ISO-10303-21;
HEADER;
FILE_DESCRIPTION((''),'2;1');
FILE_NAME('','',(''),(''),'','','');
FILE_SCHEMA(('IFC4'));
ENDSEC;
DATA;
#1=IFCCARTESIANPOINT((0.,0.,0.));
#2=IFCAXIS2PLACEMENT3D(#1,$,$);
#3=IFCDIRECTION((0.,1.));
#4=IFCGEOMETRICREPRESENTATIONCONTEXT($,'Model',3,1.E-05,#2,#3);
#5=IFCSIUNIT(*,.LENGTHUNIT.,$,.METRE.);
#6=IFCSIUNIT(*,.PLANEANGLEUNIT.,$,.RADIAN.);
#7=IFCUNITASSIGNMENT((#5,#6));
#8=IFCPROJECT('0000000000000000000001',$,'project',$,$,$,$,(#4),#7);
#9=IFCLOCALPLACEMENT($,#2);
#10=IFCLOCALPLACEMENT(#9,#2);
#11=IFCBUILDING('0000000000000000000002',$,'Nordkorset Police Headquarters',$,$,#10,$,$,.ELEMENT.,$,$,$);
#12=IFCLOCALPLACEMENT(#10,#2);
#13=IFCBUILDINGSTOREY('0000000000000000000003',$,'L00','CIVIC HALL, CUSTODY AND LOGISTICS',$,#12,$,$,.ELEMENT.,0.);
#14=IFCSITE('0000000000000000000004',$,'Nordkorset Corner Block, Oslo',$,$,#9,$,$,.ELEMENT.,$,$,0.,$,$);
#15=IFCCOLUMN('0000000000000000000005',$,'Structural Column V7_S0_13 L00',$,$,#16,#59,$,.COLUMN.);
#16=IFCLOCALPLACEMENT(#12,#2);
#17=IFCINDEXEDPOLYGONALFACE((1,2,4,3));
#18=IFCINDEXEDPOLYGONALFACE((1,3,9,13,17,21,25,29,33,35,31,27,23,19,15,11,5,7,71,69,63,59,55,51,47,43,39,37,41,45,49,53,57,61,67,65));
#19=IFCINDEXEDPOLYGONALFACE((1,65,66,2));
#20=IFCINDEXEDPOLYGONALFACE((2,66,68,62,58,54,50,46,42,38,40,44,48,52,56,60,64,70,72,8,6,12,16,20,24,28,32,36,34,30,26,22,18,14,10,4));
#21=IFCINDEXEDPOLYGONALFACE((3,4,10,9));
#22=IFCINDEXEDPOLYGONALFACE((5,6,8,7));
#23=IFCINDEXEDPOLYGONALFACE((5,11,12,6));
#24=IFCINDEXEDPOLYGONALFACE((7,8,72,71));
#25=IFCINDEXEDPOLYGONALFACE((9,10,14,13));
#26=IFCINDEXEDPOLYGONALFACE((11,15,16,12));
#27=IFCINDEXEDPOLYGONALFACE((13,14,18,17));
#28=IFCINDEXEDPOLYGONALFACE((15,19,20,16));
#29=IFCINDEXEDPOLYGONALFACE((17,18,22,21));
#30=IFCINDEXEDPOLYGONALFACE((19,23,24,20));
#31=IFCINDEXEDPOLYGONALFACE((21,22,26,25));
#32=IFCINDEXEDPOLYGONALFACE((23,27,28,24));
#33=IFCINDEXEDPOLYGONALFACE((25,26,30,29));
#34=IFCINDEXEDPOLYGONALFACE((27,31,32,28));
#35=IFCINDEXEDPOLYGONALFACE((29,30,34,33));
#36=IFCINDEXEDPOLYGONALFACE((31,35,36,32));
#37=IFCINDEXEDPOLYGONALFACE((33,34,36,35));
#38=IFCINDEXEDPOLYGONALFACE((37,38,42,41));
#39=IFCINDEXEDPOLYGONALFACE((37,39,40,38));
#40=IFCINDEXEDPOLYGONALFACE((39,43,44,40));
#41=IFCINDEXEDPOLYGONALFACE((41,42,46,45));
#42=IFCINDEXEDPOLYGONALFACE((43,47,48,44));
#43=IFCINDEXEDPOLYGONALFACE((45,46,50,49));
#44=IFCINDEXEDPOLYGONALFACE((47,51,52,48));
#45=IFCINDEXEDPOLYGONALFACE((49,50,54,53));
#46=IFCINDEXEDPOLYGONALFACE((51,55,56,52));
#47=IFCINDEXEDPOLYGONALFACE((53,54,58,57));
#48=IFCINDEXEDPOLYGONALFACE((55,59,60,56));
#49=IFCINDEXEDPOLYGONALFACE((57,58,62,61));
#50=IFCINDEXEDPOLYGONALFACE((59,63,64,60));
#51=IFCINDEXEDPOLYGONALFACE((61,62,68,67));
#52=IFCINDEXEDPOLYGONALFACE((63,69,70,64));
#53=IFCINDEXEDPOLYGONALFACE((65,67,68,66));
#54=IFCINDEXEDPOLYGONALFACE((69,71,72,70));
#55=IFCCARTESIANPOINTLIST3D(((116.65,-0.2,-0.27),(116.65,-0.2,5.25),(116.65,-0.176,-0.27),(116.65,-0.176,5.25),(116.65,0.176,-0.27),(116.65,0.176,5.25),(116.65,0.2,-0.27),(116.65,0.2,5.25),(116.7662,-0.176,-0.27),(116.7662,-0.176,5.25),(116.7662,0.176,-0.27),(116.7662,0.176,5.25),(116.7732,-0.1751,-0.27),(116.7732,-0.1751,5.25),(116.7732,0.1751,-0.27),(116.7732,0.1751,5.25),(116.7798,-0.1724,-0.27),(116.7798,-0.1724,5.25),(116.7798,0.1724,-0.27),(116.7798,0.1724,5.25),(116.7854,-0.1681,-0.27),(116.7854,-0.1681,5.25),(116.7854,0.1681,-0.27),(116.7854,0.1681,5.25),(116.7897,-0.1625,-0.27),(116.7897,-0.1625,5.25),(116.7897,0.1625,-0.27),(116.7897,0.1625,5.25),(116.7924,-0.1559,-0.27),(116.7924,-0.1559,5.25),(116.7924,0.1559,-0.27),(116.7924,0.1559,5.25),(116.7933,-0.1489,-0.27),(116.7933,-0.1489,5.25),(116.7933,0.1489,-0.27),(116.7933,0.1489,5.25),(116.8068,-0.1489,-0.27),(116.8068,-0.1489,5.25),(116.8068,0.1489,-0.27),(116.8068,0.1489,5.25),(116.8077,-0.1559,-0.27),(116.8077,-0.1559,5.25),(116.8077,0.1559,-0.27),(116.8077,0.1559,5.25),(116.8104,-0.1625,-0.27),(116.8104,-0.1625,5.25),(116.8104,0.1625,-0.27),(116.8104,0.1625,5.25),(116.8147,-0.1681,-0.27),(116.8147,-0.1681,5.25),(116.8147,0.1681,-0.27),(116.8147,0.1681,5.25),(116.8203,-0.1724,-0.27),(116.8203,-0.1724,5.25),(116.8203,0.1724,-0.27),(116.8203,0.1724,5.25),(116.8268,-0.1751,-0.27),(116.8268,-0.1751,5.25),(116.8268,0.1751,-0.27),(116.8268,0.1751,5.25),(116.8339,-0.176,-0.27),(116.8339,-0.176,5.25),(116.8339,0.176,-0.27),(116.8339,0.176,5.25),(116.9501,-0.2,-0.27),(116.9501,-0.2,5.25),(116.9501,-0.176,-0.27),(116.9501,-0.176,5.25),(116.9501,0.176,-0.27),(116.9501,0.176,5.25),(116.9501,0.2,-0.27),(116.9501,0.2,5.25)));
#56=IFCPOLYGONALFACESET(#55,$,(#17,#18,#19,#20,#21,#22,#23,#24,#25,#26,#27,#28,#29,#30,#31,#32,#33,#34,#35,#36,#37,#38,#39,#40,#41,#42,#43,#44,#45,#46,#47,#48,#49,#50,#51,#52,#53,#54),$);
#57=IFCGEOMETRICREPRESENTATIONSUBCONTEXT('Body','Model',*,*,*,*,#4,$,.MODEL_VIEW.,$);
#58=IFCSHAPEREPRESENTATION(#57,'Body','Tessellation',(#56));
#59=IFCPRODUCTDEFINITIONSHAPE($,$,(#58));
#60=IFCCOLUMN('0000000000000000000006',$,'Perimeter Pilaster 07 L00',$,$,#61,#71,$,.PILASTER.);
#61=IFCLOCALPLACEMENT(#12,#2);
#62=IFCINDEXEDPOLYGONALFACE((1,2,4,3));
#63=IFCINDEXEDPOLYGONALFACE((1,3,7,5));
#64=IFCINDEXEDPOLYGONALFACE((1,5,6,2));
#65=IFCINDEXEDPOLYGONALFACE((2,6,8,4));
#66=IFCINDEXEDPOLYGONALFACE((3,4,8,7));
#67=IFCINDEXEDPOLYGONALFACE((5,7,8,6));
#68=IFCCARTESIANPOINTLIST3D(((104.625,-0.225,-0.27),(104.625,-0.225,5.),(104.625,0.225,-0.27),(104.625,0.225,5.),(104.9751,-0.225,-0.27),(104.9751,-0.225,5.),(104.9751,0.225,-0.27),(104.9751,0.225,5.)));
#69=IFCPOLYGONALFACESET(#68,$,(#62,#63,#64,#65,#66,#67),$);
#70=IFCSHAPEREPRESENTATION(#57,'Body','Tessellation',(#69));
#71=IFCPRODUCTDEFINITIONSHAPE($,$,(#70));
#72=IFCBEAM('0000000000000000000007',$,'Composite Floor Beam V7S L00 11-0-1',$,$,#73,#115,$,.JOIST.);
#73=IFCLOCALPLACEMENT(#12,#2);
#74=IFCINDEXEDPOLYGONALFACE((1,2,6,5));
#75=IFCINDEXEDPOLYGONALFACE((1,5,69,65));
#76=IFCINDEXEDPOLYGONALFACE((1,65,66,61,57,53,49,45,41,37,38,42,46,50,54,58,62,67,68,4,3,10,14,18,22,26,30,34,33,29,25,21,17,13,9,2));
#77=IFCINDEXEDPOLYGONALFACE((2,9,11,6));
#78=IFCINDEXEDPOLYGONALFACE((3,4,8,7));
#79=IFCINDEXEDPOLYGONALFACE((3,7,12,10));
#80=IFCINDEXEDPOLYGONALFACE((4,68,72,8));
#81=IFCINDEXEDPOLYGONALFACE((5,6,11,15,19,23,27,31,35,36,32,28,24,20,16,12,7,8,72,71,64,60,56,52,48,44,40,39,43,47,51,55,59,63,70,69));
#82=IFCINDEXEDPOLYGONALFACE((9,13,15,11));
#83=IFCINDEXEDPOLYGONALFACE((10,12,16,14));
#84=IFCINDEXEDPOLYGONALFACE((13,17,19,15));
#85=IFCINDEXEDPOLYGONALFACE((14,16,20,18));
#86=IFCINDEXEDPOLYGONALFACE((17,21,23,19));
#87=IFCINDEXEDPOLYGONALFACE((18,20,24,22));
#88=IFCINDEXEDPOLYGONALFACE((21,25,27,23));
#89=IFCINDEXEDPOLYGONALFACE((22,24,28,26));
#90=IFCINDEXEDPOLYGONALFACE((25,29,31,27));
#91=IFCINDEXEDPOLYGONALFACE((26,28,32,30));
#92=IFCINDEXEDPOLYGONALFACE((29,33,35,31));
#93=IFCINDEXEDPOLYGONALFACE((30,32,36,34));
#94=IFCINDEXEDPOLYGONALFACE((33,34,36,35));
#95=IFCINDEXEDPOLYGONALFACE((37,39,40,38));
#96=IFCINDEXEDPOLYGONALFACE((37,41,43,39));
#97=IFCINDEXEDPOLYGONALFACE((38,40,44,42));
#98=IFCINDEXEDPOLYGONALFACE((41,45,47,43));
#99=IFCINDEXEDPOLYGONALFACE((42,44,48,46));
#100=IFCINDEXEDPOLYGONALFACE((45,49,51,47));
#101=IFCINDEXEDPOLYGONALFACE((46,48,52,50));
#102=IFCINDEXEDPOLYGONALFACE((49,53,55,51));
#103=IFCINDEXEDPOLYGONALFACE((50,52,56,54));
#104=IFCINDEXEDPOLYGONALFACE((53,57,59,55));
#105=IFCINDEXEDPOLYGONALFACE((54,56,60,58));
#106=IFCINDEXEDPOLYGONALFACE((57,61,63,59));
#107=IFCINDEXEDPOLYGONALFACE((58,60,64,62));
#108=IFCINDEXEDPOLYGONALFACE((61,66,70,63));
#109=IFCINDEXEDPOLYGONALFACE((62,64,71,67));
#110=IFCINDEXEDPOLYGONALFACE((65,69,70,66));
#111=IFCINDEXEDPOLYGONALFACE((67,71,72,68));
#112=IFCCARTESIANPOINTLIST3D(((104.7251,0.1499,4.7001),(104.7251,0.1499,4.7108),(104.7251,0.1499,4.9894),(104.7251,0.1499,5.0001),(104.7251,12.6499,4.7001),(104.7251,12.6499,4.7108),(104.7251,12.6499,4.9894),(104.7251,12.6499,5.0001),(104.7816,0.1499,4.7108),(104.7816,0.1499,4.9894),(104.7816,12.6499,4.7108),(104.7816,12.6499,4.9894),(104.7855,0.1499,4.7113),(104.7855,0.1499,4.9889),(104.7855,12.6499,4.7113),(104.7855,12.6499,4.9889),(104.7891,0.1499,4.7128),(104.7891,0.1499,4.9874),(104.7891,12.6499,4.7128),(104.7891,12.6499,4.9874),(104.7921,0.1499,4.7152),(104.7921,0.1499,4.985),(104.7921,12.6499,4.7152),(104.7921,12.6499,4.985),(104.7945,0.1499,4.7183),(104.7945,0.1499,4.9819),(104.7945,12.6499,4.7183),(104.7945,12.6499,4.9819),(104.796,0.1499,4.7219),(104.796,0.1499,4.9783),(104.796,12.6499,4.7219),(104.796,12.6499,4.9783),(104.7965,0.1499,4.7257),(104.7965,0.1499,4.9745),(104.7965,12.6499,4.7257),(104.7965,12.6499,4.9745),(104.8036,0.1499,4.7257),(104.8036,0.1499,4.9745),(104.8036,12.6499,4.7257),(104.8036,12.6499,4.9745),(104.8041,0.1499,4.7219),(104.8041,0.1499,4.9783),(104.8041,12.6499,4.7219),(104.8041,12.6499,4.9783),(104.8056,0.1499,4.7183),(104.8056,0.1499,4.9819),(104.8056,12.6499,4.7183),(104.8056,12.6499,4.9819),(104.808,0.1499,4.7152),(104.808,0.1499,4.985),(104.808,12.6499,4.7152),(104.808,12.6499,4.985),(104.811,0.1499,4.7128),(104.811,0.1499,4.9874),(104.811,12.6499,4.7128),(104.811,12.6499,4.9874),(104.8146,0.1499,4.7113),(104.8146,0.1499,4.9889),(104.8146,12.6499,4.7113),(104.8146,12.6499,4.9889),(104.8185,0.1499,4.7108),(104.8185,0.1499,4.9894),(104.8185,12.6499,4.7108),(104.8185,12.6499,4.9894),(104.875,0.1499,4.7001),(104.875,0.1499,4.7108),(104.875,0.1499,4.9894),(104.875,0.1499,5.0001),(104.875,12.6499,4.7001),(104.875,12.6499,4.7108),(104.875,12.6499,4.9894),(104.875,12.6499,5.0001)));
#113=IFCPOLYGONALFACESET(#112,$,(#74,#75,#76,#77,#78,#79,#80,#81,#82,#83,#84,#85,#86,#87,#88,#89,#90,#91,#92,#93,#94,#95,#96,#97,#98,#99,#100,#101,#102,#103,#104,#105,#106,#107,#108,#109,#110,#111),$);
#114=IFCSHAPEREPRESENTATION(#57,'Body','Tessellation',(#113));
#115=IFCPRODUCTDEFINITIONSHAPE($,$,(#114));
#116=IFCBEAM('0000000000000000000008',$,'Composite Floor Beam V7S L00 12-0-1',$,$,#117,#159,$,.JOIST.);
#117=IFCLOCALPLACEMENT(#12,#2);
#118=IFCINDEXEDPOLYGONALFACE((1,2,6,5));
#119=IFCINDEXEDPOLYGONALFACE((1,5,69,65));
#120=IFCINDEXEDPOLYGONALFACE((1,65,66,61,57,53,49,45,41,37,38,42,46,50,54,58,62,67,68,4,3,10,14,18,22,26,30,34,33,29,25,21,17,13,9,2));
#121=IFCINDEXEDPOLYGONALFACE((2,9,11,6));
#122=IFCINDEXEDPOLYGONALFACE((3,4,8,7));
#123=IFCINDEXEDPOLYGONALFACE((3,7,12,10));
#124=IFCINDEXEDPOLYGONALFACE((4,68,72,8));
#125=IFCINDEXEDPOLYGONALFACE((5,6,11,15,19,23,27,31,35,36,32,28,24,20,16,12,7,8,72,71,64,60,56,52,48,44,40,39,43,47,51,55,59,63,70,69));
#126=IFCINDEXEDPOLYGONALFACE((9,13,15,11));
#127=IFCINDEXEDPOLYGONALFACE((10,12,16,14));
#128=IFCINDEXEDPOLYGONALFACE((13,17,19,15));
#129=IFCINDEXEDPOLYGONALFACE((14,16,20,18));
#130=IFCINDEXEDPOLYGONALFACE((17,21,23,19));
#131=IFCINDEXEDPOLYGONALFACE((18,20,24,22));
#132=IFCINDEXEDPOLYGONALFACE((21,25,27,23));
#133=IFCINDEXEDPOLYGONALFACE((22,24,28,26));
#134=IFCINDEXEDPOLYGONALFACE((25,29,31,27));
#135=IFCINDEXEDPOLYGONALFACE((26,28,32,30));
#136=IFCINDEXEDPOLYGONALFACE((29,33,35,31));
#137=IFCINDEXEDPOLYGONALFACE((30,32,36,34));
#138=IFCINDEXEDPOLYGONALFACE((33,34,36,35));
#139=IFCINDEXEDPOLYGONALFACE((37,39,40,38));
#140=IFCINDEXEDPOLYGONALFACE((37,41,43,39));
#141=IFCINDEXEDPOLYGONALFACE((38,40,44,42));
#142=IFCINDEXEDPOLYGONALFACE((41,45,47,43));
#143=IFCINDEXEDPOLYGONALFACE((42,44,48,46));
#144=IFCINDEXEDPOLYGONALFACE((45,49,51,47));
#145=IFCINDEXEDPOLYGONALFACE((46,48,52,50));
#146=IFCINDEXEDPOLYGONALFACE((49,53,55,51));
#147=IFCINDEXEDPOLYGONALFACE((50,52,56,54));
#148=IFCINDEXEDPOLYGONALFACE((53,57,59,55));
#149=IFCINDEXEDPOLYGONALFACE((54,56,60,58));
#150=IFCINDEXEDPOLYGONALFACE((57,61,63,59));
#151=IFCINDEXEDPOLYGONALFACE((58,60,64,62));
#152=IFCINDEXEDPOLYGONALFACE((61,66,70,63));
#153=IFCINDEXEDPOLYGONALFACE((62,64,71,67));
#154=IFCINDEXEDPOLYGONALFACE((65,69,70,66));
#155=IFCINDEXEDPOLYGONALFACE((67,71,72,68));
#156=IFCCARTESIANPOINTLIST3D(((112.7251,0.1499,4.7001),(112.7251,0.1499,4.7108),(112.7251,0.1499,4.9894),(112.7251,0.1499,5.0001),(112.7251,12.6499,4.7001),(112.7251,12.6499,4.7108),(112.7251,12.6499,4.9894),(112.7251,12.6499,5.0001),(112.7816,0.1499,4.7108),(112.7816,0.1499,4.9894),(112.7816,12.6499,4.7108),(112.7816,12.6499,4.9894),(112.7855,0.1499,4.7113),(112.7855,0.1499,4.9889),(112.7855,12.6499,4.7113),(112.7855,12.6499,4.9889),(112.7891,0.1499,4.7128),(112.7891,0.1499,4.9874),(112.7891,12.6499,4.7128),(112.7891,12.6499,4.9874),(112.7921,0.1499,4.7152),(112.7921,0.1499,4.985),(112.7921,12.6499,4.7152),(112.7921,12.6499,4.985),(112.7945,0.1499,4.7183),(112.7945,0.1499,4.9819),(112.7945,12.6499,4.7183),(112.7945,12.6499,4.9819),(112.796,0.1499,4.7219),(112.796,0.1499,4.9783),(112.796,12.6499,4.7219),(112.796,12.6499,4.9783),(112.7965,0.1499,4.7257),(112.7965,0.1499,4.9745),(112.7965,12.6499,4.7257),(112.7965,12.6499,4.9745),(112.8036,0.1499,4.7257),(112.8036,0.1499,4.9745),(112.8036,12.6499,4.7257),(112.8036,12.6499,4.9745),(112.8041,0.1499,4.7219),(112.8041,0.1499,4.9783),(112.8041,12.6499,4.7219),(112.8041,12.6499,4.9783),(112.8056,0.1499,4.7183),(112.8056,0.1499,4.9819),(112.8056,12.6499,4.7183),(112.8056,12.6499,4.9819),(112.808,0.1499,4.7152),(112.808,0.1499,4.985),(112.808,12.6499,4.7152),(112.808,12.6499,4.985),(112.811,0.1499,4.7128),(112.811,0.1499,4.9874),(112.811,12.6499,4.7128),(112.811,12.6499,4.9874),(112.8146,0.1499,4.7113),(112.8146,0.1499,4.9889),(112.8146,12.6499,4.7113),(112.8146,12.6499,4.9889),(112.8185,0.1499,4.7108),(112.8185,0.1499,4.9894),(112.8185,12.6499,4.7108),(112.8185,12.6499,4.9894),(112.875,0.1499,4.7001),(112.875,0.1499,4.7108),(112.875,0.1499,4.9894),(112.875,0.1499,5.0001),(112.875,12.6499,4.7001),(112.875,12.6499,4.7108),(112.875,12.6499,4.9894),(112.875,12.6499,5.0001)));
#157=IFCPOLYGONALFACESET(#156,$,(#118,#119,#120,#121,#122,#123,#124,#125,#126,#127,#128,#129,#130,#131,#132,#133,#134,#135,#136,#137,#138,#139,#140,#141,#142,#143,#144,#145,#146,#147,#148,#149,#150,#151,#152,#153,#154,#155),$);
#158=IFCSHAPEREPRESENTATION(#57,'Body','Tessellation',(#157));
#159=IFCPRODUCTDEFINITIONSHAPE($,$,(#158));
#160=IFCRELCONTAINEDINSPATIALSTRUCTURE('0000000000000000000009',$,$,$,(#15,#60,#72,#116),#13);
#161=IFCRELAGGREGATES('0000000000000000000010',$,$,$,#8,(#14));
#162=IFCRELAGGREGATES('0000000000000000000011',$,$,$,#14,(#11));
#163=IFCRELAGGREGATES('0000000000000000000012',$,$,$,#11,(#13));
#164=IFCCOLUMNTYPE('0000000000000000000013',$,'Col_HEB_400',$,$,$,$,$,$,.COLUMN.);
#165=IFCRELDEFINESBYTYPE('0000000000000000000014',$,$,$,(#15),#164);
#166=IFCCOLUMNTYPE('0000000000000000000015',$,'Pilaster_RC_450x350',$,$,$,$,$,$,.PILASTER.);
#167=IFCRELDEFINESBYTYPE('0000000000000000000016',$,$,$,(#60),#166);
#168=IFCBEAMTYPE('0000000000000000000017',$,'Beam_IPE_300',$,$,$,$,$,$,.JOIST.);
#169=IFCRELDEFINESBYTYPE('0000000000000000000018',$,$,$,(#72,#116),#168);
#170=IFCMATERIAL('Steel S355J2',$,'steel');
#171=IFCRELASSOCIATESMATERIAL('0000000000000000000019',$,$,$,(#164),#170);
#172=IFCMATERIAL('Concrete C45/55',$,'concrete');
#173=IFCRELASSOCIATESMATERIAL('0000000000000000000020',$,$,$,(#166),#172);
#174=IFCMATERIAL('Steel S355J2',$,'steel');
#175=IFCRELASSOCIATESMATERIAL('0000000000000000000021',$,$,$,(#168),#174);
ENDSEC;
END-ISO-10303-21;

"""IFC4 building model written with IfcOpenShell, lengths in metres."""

from ifc_helpers import new_model, si_unit, direction, frame, origin, origin_2d, place, context, subcontext, project, spatial, rectangle, i_section, extrude, material, material_profile, profile_set, type_object, element, save


model = new_model("IFC4")

# Units and contexts
model_context = context("Model", 3, precision=1e-05, world=origin(), true_north=direction((0.0, 1.0)))
body_context = subcontext(model_context, "Body", "Model", "MODEL_VIEW")
ifc_project = project(units=[si_unit("LENGTHUNIT", "METRE"), si_unit("PLANEANGLEUNIT", "RADIAN")], contexts=[model_context])

# Site, building, storey
site_placement = place(None, origin())
site = spatial("IfcSite", under=ifc_project, at=site_placement, Name="Nordkorset Corner Block, Oslo", CompositionType="ELEMENT", RefElevation=0.0)
building_placement = place(site_placement, origin())
building = spatial("IfcBuilding", under=site, at=building_placement, Name="Nordkorset Police Headquarters", CompositionType="ELEMENT")
storey_placement = place(building_placement, origin())
storey = spatial("IfcBuildingStorey", under=building, at=storey_placement, Name="L00", Description="CIVIC HALL, CUSTODY AND LOGISTICS", CompositionType="ELEMENT", Elevation=0.0)

# Columns
ifc_material_1 = material(Name="Steel S355J2", Category="steel")
ifc_material_profile_1 = material_profile(ifc_material_1, i_section(OverallWidth=0.3, OverallDepth=0.3999, WebThickness=0.0134, FlangeThickness=0.0239, FilletRadius=0.0271, at=origin_2d()), Name="HEB 400")
ifc_profile_set_1 = profile_set([ifc_material_profile_1], Name="Steel S355J2")
column_type_1 = type_object("IfcColumnType", Name="Col_HEB_400", PredefinedType="COLUMN", material=ifc_profile_set_1)
for number, where, z_axis, x_axis, name in (
    (1, (116.8, 0.0, -0.27), (0.0, 0.0, 1.0), (1.0, 0.0, 0.0), "Structural Column V7_S0_13 L00"),
):
    element("IfcColumn", number, at=place(storey_placement, frame(where, z_axis=z_axis, x_axis=x_axis)), inside=storey, type_object=column_type_1, Name=name, PredefinedType="COLUMN", context=body_context, shape_type="SweptSolid", body=[
        extrude(i_section(OverallWidth=0.3, OverallDepth=0.3999, WebThickness=0.0134, FlangeThickness=0.0239, FilletRadius=0.0271, at=origin_2d()), origin(), (0.0, 0.0, 1.0), 5.52),
    ])
ifc_material_2 = material(Name="Concrete C45/55", Category="concrete")
ifc_material_profile_2 = material_profile(ifc_material_2, rectangle(XDim=0.3501, YDim=0.45, at=origin_2d()), Name="RC 450x350")
ifc_profile_set_2 = profile_set([ifc_material_profile_2], Name="Concrete C45/55")
column_type_2 = type_object("IfcColumnType", Name="Pilaster_RC_450x350", PredefinedType="PILASTER", material=ifc_profile_set_2)
column_placement = place(storey_placement, frame((104.8, 0.0, -0.27), z_axis=(0.0, 0.0, 1.0), x_axis=(1.0, 0.0, 0.0)))
element("IfcColumn", 2, at=column_placement, inside=storey, type_object=column_type_2, Name="Perimeter Pilaster 07 L00", PredefinedType="PILASTER", context=body_context, shape_type="SweptSolid", body=[
    extrude(rectangle(XDim=0.3501, YDim=0.45, at=origin_2d()), origin(), (0.0, 0.0, 1.0), 5.27),
])

# Beams
ifc_material_3 = material(Name="Steel S355J2", Category="steel")
ifc_material_profile_3 = material_profile(ifc_material_3, i_section(OverallWidth=0.1499, OverallDepth=0.3, WebThickness=0.0071, FlangeThickness=0.0107, FilletRadius=0.0149, at=origin_2d()), Name="IPE 300")
ifc_profile_set_3 = profile_set([ifc_material_profile_3], Name="Steel S355J2")
beam_type_1 = type_object("IfcBeamType", Name="Beam_IPE_300", PredefinedType="JOIST", material=ifc_profile_set_3)
for number, where, z_axis, x_axis, name in (
    (3, (104.8, 0.1499, 4.8501), (0.0, 1.0, 0.0), (-1.0, 0.0, 0.0), "Composite Floor Beam V7S L00 11-0-1"),
    (4, (112.8, 0.1499, 4.8501), (0.0, 1.0, 0.0), (-1.0, 0.0, 0.0), "Composite Floor Beam V7S L00 12-0-1"),
):
    element("IfcBeam", number, at=place(storey_placement, frame(where, z_axis=z_axis, x_axis=x_axis)), inside=storey, type_object=beam_type_1, Name=name, PredefinedType="JOIST", context=body_context, shape_type="SweptSolid", body=[
        extrude(i_section(OverallWidth=0.1499, OverallDepth=0.3, WebThickness=0.0071, FlangeThickness=0.0107, FilletRadius=0.0149, at=origin_2d()), origin(), (0.0, 0.0, 1.0), 12.5),
    ])

save(model, "model.ifc")
